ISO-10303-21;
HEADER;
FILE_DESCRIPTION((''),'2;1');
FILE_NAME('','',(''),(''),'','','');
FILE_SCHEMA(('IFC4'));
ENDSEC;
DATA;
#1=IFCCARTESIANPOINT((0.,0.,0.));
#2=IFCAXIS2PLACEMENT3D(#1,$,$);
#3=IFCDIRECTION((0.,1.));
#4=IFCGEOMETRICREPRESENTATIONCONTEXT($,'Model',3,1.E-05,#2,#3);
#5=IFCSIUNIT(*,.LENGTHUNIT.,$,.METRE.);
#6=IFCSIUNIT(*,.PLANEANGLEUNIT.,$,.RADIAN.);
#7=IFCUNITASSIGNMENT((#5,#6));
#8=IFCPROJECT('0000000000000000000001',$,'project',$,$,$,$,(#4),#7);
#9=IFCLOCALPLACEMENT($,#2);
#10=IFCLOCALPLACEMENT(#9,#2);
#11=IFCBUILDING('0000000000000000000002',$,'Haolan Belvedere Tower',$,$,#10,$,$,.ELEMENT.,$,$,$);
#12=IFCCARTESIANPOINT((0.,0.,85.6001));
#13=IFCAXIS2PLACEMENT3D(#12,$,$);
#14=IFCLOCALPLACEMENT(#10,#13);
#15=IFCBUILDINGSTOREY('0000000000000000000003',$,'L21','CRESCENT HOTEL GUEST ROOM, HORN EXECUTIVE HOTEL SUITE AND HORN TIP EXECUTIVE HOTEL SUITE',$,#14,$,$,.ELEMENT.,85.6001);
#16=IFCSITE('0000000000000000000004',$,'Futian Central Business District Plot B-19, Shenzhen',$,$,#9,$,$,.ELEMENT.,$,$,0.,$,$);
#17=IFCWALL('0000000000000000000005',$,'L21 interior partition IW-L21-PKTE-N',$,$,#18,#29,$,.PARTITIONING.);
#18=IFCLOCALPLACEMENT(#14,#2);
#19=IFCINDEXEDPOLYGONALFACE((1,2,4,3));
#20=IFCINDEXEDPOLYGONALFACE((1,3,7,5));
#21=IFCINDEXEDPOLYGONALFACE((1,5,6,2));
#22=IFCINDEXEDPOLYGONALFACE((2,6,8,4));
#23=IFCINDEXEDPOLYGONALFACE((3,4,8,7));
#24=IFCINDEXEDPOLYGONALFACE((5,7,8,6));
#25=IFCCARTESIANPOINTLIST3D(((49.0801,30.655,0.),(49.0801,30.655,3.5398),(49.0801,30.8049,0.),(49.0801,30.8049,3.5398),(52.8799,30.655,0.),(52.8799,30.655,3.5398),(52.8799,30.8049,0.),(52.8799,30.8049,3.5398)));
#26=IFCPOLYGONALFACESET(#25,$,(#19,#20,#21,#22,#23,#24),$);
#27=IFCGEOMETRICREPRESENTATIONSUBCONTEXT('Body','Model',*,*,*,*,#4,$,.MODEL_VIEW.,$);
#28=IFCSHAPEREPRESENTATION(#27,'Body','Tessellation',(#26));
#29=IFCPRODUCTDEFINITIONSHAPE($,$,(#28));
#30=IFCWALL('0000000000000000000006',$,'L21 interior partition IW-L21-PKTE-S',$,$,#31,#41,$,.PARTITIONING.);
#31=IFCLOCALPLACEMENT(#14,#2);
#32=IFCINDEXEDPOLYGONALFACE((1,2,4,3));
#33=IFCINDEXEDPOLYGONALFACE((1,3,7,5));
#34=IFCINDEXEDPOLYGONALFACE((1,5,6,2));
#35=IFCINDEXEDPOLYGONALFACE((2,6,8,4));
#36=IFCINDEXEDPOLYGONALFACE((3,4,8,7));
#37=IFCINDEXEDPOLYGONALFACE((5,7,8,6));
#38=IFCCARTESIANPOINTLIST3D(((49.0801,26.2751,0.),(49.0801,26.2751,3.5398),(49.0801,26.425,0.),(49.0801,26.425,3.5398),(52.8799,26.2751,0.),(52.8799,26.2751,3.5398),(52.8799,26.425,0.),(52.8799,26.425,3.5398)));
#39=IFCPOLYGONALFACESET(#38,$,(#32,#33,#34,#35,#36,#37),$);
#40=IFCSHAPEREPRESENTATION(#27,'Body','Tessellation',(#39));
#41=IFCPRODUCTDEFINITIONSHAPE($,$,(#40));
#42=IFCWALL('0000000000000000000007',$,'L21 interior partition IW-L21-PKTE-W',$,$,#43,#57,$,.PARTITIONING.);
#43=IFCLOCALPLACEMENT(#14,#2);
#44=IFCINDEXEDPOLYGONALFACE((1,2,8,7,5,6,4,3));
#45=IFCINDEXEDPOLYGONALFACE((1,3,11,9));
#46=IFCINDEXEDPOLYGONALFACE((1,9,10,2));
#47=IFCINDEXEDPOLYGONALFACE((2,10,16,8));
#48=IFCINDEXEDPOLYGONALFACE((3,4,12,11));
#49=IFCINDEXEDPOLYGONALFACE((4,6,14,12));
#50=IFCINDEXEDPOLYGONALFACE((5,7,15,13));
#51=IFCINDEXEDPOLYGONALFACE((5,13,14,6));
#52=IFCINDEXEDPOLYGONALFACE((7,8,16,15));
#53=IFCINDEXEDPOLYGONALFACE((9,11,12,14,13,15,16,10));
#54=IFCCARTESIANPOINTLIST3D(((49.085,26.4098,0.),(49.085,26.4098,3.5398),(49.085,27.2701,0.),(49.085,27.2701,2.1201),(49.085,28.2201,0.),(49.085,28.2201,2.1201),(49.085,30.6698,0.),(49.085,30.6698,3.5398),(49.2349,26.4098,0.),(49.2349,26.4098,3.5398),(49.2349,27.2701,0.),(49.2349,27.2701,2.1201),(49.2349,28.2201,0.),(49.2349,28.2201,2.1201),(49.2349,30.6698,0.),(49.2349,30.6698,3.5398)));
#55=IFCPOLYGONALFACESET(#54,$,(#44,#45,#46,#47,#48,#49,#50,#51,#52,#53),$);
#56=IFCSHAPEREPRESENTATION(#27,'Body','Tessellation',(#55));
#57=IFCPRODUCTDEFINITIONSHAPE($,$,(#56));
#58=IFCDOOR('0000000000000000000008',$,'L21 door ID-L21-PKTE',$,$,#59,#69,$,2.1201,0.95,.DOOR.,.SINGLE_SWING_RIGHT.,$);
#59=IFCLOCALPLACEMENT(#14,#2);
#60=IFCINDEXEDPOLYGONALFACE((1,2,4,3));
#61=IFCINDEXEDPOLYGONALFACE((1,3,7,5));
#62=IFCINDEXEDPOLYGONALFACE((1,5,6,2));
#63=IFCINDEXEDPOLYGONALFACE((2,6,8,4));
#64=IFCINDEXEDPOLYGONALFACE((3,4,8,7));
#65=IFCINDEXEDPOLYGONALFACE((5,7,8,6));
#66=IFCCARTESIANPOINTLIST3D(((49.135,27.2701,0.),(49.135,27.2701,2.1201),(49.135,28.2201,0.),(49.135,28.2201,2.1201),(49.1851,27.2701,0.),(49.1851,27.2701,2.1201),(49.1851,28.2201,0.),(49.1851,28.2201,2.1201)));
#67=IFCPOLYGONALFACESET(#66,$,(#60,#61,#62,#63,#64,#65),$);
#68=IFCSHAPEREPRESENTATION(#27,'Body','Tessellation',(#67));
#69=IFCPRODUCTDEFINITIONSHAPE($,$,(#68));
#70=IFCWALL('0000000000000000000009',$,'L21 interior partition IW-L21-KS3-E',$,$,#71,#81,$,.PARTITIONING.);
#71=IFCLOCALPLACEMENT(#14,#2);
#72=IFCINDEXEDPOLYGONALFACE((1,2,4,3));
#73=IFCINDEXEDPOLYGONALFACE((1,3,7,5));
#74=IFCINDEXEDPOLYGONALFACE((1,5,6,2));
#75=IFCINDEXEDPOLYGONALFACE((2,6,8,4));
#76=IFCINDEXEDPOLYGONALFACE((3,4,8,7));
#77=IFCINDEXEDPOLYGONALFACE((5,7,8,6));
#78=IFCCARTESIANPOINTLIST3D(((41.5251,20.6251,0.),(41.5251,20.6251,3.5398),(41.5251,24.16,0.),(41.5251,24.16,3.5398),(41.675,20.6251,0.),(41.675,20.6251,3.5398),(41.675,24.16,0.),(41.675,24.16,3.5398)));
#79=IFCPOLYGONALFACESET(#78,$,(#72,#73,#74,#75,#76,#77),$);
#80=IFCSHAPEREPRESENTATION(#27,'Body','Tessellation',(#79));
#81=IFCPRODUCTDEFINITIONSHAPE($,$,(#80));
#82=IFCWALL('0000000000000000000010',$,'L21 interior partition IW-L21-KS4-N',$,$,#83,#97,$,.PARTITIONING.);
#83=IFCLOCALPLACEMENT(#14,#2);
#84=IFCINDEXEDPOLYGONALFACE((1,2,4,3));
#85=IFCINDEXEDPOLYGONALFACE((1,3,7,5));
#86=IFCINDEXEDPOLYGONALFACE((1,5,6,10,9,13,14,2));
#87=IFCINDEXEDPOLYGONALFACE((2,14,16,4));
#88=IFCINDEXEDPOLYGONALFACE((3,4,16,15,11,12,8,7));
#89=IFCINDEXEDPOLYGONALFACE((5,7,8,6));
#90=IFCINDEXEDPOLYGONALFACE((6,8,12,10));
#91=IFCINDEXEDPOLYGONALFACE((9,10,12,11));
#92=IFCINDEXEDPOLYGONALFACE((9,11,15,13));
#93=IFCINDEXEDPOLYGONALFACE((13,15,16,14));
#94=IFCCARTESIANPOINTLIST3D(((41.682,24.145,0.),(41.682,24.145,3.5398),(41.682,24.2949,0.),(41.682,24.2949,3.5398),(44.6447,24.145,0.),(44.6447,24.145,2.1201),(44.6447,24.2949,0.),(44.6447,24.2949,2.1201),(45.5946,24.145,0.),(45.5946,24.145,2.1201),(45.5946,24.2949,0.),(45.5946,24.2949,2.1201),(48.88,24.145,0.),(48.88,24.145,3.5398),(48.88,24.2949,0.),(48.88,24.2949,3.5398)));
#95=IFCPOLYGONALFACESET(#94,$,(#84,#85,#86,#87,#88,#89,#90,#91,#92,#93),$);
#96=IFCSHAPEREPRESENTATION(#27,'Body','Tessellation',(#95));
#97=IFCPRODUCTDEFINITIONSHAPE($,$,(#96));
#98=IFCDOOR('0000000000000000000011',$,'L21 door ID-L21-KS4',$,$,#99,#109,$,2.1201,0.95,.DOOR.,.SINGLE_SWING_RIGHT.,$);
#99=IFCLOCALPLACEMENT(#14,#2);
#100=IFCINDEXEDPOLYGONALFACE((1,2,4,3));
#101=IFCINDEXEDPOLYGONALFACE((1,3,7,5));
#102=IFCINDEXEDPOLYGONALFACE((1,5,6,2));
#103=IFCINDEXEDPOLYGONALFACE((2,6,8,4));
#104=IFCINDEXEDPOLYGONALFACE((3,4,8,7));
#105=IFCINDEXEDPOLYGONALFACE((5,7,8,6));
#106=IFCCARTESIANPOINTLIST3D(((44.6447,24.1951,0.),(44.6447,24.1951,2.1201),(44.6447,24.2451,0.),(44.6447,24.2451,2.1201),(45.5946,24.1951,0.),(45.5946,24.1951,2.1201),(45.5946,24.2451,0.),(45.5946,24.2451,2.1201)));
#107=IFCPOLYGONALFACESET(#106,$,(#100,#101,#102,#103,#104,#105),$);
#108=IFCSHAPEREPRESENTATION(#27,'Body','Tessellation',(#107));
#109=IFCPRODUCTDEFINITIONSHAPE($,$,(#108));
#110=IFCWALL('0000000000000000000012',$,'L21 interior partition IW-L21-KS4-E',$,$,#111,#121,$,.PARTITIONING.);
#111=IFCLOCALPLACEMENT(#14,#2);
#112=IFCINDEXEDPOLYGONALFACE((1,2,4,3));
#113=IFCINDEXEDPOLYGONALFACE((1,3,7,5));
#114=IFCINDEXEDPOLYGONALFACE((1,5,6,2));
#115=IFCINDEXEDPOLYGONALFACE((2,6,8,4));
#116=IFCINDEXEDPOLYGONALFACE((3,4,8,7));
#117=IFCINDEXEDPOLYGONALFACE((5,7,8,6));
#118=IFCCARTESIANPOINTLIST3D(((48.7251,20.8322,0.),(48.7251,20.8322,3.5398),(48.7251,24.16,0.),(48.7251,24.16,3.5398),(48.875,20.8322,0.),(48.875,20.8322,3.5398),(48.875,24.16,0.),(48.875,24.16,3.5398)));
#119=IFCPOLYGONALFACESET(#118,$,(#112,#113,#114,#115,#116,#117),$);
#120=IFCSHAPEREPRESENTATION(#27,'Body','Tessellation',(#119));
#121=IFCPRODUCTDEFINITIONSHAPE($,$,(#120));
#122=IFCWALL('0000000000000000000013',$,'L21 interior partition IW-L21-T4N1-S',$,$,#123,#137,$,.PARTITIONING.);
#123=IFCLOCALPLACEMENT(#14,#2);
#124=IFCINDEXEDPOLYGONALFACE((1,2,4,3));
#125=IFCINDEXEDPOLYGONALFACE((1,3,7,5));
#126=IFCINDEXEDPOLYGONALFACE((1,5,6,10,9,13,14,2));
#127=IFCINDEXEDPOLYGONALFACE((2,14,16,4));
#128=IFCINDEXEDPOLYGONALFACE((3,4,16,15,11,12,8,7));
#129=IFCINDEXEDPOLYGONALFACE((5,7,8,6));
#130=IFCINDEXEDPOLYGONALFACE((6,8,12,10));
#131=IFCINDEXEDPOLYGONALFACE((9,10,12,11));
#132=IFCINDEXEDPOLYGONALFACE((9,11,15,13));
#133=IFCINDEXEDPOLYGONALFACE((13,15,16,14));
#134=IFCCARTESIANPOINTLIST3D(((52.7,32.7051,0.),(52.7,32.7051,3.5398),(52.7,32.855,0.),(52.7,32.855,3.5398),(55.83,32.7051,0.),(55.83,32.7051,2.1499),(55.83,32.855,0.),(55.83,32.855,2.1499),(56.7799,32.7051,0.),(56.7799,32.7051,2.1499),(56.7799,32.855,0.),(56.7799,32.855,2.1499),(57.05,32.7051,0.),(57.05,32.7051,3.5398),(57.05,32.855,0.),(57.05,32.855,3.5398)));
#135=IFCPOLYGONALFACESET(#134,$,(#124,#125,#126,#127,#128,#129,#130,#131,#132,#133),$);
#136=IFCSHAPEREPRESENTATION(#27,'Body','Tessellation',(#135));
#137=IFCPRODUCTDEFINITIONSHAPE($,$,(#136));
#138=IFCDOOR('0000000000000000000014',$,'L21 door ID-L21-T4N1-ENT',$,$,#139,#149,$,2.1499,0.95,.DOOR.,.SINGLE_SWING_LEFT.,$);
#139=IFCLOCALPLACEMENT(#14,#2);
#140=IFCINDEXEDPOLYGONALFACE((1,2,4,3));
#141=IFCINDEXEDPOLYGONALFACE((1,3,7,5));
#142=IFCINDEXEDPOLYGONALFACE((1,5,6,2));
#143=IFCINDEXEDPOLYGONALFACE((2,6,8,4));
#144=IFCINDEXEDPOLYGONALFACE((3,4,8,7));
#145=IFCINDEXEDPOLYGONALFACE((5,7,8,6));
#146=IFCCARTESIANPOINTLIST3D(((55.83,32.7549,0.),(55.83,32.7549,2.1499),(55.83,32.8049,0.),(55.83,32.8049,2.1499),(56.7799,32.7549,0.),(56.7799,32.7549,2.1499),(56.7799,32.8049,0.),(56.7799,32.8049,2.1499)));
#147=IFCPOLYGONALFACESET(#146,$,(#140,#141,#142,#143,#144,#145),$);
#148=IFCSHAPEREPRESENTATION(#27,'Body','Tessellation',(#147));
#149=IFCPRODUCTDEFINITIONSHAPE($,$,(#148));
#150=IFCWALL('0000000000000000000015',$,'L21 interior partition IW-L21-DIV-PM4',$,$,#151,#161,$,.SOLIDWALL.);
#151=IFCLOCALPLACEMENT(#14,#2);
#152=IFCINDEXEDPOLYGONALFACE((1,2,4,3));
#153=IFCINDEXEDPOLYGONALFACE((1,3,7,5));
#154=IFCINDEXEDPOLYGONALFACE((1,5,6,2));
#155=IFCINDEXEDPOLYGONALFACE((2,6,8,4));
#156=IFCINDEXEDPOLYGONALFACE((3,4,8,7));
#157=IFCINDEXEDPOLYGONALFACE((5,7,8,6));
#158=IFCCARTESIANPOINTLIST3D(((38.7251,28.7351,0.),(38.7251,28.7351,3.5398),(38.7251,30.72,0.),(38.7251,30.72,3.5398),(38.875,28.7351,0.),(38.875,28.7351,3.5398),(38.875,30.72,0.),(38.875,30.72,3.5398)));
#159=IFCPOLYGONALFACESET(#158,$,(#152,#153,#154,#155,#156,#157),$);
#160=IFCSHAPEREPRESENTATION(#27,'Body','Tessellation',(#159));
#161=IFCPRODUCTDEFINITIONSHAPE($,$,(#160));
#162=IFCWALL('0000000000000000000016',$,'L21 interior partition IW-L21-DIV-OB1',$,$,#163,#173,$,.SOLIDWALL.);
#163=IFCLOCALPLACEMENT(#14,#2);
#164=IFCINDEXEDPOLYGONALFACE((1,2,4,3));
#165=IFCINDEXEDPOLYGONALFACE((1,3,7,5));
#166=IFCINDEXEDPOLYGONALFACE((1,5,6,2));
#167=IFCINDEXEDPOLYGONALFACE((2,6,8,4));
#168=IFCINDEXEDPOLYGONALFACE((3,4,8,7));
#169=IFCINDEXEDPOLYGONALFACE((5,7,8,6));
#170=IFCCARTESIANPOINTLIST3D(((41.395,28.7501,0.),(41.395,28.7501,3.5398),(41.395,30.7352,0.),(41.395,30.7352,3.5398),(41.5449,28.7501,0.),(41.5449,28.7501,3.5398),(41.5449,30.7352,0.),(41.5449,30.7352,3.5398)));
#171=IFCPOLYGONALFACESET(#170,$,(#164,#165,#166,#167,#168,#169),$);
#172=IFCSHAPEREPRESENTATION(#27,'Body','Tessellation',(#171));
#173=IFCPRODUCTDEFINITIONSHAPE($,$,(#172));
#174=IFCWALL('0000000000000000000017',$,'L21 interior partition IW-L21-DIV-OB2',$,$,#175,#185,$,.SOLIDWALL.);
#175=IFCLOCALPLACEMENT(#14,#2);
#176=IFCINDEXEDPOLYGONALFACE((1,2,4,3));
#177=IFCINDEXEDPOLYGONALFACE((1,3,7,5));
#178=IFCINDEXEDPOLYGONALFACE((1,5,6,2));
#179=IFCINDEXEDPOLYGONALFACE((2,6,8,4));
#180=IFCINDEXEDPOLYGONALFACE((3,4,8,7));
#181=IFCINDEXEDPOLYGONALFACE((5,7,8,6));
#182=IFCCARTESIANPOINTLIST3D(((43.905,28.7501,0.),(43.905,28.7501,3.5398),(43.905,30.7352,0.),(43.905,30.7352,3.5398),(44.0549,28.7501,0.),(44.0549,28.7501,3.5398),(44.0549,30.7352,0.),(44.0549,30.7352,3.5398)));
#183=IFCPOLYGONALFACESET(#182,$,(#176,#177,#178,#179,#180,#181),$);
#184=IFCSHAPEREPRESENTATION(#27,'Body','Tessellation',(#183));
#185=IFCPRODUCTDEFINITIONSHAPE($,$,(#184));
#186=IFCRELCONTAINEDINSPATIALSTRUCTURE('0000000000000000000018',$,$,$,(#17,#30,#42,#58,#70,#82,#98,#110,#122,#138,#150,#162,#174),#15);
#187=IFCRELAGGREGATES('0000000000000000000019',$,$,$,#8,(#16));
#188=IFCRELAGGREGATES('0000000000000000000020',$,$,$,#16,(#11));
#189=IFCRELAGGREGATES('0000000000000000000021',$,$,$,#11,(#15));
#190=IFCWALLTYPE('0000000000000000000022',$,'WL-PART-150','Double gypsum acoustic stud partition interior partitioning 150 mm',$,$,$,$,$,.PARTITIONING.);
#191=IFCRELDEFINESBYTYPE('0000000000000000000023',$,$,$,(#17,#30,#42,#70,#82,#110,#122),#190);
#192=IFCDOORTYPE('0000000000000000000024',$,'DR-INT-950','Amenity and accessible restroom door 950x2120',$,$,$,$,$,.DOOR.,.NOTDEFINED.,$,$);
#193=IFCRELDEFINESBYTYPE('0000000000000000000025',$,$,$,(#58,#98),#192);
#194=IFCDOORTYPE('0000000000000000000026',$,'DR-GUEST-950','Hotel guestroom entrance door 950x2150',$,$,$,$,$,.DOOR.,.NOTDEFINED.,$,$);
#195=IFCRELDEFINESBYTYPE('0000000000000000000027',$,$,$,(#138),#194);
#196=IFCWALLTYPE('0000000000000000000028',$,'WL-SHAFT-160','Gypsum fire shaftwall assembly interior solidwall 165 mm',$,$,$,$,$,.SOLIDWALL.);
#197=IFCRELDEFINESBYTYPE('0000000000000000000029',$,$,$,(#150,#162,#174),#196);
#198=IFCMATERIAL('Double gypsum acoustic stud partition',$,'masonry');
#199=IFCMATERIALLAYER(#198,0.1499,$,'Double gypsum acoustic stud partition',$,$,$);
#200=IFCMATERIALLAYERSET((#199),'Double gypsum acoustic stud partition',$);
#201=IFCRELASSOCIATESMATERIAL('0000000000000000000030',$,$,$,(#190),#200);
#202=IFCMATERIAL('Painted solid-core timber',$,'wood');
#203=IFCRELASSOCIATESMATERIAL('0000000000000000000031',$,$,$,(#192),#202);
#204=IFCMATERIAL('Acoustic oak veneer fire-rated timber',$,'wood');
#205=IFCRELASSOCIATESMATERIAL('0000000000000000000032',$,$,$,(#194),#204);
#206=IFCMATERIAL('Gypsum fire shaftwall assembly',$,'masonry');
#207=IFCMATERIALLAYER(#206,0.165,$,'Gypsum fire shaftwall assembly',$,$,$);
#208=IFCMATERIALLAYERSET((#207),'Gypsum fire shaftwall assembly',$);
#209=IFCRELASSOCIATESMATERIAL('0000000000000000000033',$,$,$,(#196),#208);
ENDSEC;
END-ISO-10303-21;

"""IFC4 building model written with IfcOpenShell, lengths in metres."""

from ifc_helpers import new_model, si_unit, direction, frame, frame_2d, origin, place, context, subcontext, project, spatial, rectangle, extrude, material, layer, layer_set, type_object, element, fill, save


model = new_model("IFC4")

# Units and contexts
model_context = context("Model", 3, precision=1e-05, world=origin(), true_north=direction((0.0, 1.0)))
body_context = subcontext(model_context, "Body", "Model", "MODEL_VIEW")
ifc_project = project(units=[si_unit("LENGTHUNIT", "METRE"), si_unit("PLANEANGLEUNIT", "RADIAN")], contexts=[model_context])

# Site, building, storey
site_placement = place(None, origin())
site = spatial("IfcSite", under=ifc_project, at=site_placement, Name="Futian Central Business District Plot B-19, Shenzhen", CompositionType="ELEMENT", RefElevation=0.0)
building_placement = place(site_placement, origin())
building = spatial("IfcBuilding", under=site, at=building_placement, Name="Haolan Belvedere Tower", CompositionType="ELEMENT")
storey_placement = place(building_placement, frame((0.0, 0.0, 85.6001)))
storey = spatial("IfcBuildingStorey", under=building, at=storey_placement, Name="L21", Description="CRESCENT HOTEL GUEST ROOM, HORN EXECUTIVE HOTEL SUITE AND HORN TIP EXECUTIVE HOTEL SUITE", CompositionType="ELEMENT", Elevation=85.6001)

# Walls
ifc_material_1 = material(Name="Double gypsum acoustic stud partition", Category="masonry")
ifc_layer_1 = layer(ifc_material_1, 0.1499, Name="Double gypsum acoustic stud partition")
ifc_layer_set_1 = layer_set([ifc_layer_1], Name="Double gypsum acoustic stud partition")
wall_type_1 = type_object("IfcWallType", Name="WL-PART-150", Description="Double gypsum acoustic stud partition interior partitioning 150 mm", PredefinedType="PARTITIONING", material=ifc_layer_set_1)
for number, where, z_axis, x_axis, name in (
    (1, (49.0801, 30.73, 0.0), (0.0, 0.0, 1.0), (1.0, 0.0, 0.0), "L21 interior partition IW-L21-PKTE-N"),
    (2, (49.0801, 26.3501, 0.0), (0.0, 0.0, 1.0), (1.0, 0.0, 0.0), "L21 interior partition IW-L21-PKTE-S"),
):
    element("IfcWall", number, at=place(storey_placement, frame(where, z_axis=z_axis, x_axis=x_axis)), inside=storey, type_object=wall_type_1, Name=name, PredefinedType="PARTITIONING", context=body_context, shape_type="SweptSolid", body=[
        extrude(rectangle(XDim=3.7998, YDim=0.1499, at=frame_2d((1.8999, 0.0))), origin(), (0.0, 0.0, 1.0), 3.5398),
    ])

# Wall, opening, door
wall_1_placement = place(storey_placement, frame((49.1599, 26.4099, 0.0), z_axis=(0.0, 0.0, 1.0), x_axis=(0.0, 1.0, 0.0)))
wall_1 = element("IfcWall", 3, at=wall_1_placement, inside=storey, type_object=wall_type_1, Name="L21 interior partition IW-L21-PKTE-W", PredefinedType="PARTITIONING", context=body_context, shape_type="SweptSolid", body=[
    extrude(rectangle(XDim=4.26, YDim=0.1499, at=frame_2d((2.1299, 0.0))), origin(), (0.0, 0.0, 1.0), 3.5398),
])
opening_1_placement = place(wall_1_placement, frame((0.8601, 0.0, 0.0)))
opening_1 = element("IfcOpeningElement", 4, at=opening_1_placement, cuts=wall_1, PredefinedType="OPENING", context=body_context, shape_type="SweptSolid", body=[
    extrude(rectangle(XDim=0.95, YDim=2.1201, at=frame_2d((0.4751, 1.0601))), frame((0.0, 0.085, 0.0), z_axis=(0.0, -1.0, 0.0), x_axis=(1.0, 0.0, 0.0)), (0.0, 0.0, 1.0), 0.1699),
])
ifc_material_2 = material(Name="Painted solid-core timber", Category="wood")
door_type_1 = type_object("IfcDoorType", Name="DR-INT-950", Description="Amenity and accessible restroom door 950x2120", OperationType="NOTDEFINED", PredefinedType="DOOR", material=ifc_material_2)
door_1_placement = place(opening_1_placement, origin())
door_1 = element("IfcDoor", 5, at=door_1_placement, inside=storey, type_object=door_type_1, Name="L21 door ID-L21-PKTE", OperationType="SINGLE_SWING_RIGHT", OverallHeight=2.1201, OverallWidth=0.95, PredefinedType="DOOR", context=body_context, shape_type="SweptSolid", body=[
    extrude(rectangle(XDim=0.95, YDim=2.1201, at=frame_2d((0.4751, 1.0601))), frame((0.0, 0.0249, 0.0), z_axis=(0.0, -1.0, 0.0), x_axis=(1.0, 0.0, 0.0)), (0.0, 0.0, 1.0), 0.05),
])
fill(opening_1, door_1)

# Wall
wall_2_placement = place(storey_placement, frame((41.6001, 20.625, 0.0), z_axis=(0.0, 0.0, 1.0), x_axis=(0.0, 1.0, 0.0)))
element("IfcWall", 6, at=wall_2_placement, inside=storey, type_object=wall_type_1, Name="L21 interior partition IW-L21-KS3-E", PredefinedType="PARTITIONING", context=body_context, shape_type="SweptSolid", body=[
    extrude(rectangle(XDim=3.5349, YDim=0.1499, at=frame_2d((1.7676, 0.0))), origin(), (0.0, 0.0, 1.0), 3.5398),
])

# Wall, opening, door
wall_3_placement = place(storey_placement, frame((41.6819, 24.22, 0.0), z_axis=(0.0, 0.0, 1.0), x_axis=(1.0, 0.0, 0.0)))
wall_3 = element("IfcWall", 7, at=wall_3_placement, inside=storey, type_object=wall_type_1, Name="L21 interior partition IW-L21-KS4-N", PredefinedType="PARTITIONING", context=body_context, shape_type="SweptSolid", body=[
    extrude(rectangle(XDim=7.198, YDim=0.1499, at=frame_2d((3.5991, 0.0))), origin(), (0.0, 0.0, 1.0), 3.5398),
])
opening_2_placement = place(wall_3_placement, frame((3.9128, 0.0, 0.0), z_axis=(0.0, 0.0, 1.0), x_axis=(-1.0, 0.0, 0.0)))
opening_2 = element("IfcOpeningElement", 8, at=opening_2_placement, cuts=wall_3, PredefinedType="OPENING", context=body_context, shape_type="SweptSolid", body=[
    extrude(rectangle(XDim=0.95, YDim=2.1201, at=frame_2d((0.4751, 1.0601))), frame((0.0, 0.085, 0.0), z_axis=(0.0, -1.0, 0.0), x_axis=(1.0, 0.0, 0.0)), (0.0, 0.0, 1.0), 0.1699),
])
door_2_placement = place(opening_2_placement, origin())
door_2 = element("IfcDoor", 9, at=door_2_placement, inside=storey, type_object=door_type_1, Name="L21 door ID-L21-KS4", OperationType="SINGLE_SWING_RIGHT", OverallHeight=2.1201, OverallWidth=0.95, PredefinedType="DOOR", context=body_context, shape_type="SweptSolid", body=[
    extrude(rectangle(XDim=0.95, YDim=2.1201, at=frame_2d((0.4751, 1.0601))), frame((0.0, 0.0249, 0.0), z_axis=(0.0, -1.0, 0.0), x_axis=(1.0, 0.0, 0.0)), (0.0, 0.0, 1.0), 0.05),
])
fill(opening_2, door_2)

# Wall
wall_4_placement = place(storey_placement, frame((48.8, 20.832, 0.0), z_axis=(0.0, 0.0, 1.0), x_axis=(0.0, 1.0, 0.0)))
element("IfcWall", 10, at=wall_4_placement, inside=storey, type_object=wall_type_1, Name="L21 interior partition IW-L21-KS4-E", PredefinedType="PARTITIONING", context=body_context, shape_type="SweptSolid", body=[
    extrude(rectangle(XDim=3.3279, YDim=0.1499, at=frame_2d((1.6641, 0.0))), origin(), (0.0, 0.0, 1.0), 3.5398),
])

# Wall, opening, door
wall_5_placement = place(storey_placement, frame((52.7, 32.78, 0.0), z_axis=(0.0, 0.0, 1.0), x_axis=(1.0, 0.0, 0.0)))
wall_5 = element("IfcWall", 11, at=wall_5_placement, inside=storey, type_object=wall_type_1, Name="L21 interior partition IW-L21-T4N1-S", PredefinedType="PARTITIONING", context=body_context, shape_type="SweptSolid", body=[
    extrude(rectangle(XDim=4.3501, YDim=0.1499, at=frame_2d((2.175, 0.0))), origin(), (0.0, 0.0, 1.0), 3.5398),
])
opening_3_placement = place(wall_5_placement, frame((3.1299, 0.0, 0.0)))
opening_3 = element("IfcOpeningElement", 12, at=opening_3_placement, cuts=wall_5, PredefinedType="OPENING", context=body_context, shape_type="SweptSolid", body=[
    extrude(rectangle(XDim=0.95, YDim=2.1499, at=frame_2d((0.4751, 1.075))), frame((0.0, 0.085, 0.0), z_axis=(0.0, -1.0, 0.0), x_axis=(1.0, 0.0, 0.0)), (0.0, 0.0, 1.0), 0.1699),
])
ifc_material_3 = material(Name="Acoustic oak veneer fire-rated timber", Category="wood")
door_type_2 = type_object("IfcDoorType", Name="DR-GUEST-950", Description="Hotel guestroom entrance door 950x2150", OperationType="NOTDEFINED", PredefinedType="DOOR", material=ifc_material_3)
door_3_placement = place(opening_3_placement, origin())
door_3 = element("IfcDoor", 13, at=door_3_placement, inside=storey, type_object=door_type_2, Name="L21 door ID-L21-T4N1-ENT", OperationType="SINGLE_SWING_LEFT", OverallHeight=2.1499, OverallWidth=0.95, PredefinedType="DOOR", context=body_context, shape_type="SweptSolid", body=[
    extrude(rectangle(XDim=0.95, YDim=2.1499, at=frame_2d((0.4751, 1.075))), frame((0.0, 0.0249, 0.0), z_axis=(0.0, -1.0, 0.0), x_axis=(1.0, 0.0, 0.0)), (0.0, 0.0, 1.0), 0.05),
])
fill(opening_3, door_3)

# Walls
ifc_material_4 = material(Name="Gypsum fire shaftwall assembly", Category="masonry")
ifc_layer_2 = layer(ifc_material_4, 0.165, Name="Gypsum fire shaftwall assembly")
ifc_layer_set_2 = layer_set([ifc_layer_2], Name="Gypsum fire shaftwall assembly")
wall_type_2 = type_object("IfcWallType", Name="WL-SHAFT-160", Description="Gypsum fire shaftwall assembly interior solidwall 165 mm", PredefinedType="SOLIDWALL", material=ifc_layer_set_2)
wall_6_placement = place(storey_placement, frame((38.8, 28.7351, 0.0), z_axis=(0.0, 0.0, 1.0), x_axis=(0.0, 1.0, 0.0)))
element("IfcWall", 14, at=wall_6_placement, inside=storey, type_object=wall_type_2, Name="L21 interior partition IW-L21-DIV-PM4", PredefinedType="SOLIDWALL", context=body_context, shape_type="SweptSolid", body=[
    extrude(rectangle(XDim=1.9849, YDim=0.1499, at=frame_2d((0.9924, 0.0))), origin(), (0.0, 0.0, 1.0), 3.5398),
])
for number, where, z_axis, x_axis, name in (
    (15, (41.47, 28.75, 0.0), (0.0, 0.0, 1.0), (0.0, 1.0, 0.0), "L21 interior partition IW-L21-DIV-OB1"),
    (16, (43.98, 28.75, 0.0), (0.0, 0.0, 1.0), (0.0, 1.0, 0.0), "L21 interior partition IW-L21-DIV-OB2"),
):
    element("IfcWall", number, at=place(storey_placement, frame(where, z_axis=z_axis, x_axis=x_axis)), inside=storey, type_object=wall_type_2, Name=name, PredefinedType="SOLIDWALL", context=body_context, shape_type="SweptSolid", body=[
        extrude(rectangle(XDim=1.9851, YDim=0.1499, at=frame_2d((0.9927, 0.0))), origin(), (0.0, 0.0, 1.0), 3.5398),
    ])

save(model, "model.ifc")
